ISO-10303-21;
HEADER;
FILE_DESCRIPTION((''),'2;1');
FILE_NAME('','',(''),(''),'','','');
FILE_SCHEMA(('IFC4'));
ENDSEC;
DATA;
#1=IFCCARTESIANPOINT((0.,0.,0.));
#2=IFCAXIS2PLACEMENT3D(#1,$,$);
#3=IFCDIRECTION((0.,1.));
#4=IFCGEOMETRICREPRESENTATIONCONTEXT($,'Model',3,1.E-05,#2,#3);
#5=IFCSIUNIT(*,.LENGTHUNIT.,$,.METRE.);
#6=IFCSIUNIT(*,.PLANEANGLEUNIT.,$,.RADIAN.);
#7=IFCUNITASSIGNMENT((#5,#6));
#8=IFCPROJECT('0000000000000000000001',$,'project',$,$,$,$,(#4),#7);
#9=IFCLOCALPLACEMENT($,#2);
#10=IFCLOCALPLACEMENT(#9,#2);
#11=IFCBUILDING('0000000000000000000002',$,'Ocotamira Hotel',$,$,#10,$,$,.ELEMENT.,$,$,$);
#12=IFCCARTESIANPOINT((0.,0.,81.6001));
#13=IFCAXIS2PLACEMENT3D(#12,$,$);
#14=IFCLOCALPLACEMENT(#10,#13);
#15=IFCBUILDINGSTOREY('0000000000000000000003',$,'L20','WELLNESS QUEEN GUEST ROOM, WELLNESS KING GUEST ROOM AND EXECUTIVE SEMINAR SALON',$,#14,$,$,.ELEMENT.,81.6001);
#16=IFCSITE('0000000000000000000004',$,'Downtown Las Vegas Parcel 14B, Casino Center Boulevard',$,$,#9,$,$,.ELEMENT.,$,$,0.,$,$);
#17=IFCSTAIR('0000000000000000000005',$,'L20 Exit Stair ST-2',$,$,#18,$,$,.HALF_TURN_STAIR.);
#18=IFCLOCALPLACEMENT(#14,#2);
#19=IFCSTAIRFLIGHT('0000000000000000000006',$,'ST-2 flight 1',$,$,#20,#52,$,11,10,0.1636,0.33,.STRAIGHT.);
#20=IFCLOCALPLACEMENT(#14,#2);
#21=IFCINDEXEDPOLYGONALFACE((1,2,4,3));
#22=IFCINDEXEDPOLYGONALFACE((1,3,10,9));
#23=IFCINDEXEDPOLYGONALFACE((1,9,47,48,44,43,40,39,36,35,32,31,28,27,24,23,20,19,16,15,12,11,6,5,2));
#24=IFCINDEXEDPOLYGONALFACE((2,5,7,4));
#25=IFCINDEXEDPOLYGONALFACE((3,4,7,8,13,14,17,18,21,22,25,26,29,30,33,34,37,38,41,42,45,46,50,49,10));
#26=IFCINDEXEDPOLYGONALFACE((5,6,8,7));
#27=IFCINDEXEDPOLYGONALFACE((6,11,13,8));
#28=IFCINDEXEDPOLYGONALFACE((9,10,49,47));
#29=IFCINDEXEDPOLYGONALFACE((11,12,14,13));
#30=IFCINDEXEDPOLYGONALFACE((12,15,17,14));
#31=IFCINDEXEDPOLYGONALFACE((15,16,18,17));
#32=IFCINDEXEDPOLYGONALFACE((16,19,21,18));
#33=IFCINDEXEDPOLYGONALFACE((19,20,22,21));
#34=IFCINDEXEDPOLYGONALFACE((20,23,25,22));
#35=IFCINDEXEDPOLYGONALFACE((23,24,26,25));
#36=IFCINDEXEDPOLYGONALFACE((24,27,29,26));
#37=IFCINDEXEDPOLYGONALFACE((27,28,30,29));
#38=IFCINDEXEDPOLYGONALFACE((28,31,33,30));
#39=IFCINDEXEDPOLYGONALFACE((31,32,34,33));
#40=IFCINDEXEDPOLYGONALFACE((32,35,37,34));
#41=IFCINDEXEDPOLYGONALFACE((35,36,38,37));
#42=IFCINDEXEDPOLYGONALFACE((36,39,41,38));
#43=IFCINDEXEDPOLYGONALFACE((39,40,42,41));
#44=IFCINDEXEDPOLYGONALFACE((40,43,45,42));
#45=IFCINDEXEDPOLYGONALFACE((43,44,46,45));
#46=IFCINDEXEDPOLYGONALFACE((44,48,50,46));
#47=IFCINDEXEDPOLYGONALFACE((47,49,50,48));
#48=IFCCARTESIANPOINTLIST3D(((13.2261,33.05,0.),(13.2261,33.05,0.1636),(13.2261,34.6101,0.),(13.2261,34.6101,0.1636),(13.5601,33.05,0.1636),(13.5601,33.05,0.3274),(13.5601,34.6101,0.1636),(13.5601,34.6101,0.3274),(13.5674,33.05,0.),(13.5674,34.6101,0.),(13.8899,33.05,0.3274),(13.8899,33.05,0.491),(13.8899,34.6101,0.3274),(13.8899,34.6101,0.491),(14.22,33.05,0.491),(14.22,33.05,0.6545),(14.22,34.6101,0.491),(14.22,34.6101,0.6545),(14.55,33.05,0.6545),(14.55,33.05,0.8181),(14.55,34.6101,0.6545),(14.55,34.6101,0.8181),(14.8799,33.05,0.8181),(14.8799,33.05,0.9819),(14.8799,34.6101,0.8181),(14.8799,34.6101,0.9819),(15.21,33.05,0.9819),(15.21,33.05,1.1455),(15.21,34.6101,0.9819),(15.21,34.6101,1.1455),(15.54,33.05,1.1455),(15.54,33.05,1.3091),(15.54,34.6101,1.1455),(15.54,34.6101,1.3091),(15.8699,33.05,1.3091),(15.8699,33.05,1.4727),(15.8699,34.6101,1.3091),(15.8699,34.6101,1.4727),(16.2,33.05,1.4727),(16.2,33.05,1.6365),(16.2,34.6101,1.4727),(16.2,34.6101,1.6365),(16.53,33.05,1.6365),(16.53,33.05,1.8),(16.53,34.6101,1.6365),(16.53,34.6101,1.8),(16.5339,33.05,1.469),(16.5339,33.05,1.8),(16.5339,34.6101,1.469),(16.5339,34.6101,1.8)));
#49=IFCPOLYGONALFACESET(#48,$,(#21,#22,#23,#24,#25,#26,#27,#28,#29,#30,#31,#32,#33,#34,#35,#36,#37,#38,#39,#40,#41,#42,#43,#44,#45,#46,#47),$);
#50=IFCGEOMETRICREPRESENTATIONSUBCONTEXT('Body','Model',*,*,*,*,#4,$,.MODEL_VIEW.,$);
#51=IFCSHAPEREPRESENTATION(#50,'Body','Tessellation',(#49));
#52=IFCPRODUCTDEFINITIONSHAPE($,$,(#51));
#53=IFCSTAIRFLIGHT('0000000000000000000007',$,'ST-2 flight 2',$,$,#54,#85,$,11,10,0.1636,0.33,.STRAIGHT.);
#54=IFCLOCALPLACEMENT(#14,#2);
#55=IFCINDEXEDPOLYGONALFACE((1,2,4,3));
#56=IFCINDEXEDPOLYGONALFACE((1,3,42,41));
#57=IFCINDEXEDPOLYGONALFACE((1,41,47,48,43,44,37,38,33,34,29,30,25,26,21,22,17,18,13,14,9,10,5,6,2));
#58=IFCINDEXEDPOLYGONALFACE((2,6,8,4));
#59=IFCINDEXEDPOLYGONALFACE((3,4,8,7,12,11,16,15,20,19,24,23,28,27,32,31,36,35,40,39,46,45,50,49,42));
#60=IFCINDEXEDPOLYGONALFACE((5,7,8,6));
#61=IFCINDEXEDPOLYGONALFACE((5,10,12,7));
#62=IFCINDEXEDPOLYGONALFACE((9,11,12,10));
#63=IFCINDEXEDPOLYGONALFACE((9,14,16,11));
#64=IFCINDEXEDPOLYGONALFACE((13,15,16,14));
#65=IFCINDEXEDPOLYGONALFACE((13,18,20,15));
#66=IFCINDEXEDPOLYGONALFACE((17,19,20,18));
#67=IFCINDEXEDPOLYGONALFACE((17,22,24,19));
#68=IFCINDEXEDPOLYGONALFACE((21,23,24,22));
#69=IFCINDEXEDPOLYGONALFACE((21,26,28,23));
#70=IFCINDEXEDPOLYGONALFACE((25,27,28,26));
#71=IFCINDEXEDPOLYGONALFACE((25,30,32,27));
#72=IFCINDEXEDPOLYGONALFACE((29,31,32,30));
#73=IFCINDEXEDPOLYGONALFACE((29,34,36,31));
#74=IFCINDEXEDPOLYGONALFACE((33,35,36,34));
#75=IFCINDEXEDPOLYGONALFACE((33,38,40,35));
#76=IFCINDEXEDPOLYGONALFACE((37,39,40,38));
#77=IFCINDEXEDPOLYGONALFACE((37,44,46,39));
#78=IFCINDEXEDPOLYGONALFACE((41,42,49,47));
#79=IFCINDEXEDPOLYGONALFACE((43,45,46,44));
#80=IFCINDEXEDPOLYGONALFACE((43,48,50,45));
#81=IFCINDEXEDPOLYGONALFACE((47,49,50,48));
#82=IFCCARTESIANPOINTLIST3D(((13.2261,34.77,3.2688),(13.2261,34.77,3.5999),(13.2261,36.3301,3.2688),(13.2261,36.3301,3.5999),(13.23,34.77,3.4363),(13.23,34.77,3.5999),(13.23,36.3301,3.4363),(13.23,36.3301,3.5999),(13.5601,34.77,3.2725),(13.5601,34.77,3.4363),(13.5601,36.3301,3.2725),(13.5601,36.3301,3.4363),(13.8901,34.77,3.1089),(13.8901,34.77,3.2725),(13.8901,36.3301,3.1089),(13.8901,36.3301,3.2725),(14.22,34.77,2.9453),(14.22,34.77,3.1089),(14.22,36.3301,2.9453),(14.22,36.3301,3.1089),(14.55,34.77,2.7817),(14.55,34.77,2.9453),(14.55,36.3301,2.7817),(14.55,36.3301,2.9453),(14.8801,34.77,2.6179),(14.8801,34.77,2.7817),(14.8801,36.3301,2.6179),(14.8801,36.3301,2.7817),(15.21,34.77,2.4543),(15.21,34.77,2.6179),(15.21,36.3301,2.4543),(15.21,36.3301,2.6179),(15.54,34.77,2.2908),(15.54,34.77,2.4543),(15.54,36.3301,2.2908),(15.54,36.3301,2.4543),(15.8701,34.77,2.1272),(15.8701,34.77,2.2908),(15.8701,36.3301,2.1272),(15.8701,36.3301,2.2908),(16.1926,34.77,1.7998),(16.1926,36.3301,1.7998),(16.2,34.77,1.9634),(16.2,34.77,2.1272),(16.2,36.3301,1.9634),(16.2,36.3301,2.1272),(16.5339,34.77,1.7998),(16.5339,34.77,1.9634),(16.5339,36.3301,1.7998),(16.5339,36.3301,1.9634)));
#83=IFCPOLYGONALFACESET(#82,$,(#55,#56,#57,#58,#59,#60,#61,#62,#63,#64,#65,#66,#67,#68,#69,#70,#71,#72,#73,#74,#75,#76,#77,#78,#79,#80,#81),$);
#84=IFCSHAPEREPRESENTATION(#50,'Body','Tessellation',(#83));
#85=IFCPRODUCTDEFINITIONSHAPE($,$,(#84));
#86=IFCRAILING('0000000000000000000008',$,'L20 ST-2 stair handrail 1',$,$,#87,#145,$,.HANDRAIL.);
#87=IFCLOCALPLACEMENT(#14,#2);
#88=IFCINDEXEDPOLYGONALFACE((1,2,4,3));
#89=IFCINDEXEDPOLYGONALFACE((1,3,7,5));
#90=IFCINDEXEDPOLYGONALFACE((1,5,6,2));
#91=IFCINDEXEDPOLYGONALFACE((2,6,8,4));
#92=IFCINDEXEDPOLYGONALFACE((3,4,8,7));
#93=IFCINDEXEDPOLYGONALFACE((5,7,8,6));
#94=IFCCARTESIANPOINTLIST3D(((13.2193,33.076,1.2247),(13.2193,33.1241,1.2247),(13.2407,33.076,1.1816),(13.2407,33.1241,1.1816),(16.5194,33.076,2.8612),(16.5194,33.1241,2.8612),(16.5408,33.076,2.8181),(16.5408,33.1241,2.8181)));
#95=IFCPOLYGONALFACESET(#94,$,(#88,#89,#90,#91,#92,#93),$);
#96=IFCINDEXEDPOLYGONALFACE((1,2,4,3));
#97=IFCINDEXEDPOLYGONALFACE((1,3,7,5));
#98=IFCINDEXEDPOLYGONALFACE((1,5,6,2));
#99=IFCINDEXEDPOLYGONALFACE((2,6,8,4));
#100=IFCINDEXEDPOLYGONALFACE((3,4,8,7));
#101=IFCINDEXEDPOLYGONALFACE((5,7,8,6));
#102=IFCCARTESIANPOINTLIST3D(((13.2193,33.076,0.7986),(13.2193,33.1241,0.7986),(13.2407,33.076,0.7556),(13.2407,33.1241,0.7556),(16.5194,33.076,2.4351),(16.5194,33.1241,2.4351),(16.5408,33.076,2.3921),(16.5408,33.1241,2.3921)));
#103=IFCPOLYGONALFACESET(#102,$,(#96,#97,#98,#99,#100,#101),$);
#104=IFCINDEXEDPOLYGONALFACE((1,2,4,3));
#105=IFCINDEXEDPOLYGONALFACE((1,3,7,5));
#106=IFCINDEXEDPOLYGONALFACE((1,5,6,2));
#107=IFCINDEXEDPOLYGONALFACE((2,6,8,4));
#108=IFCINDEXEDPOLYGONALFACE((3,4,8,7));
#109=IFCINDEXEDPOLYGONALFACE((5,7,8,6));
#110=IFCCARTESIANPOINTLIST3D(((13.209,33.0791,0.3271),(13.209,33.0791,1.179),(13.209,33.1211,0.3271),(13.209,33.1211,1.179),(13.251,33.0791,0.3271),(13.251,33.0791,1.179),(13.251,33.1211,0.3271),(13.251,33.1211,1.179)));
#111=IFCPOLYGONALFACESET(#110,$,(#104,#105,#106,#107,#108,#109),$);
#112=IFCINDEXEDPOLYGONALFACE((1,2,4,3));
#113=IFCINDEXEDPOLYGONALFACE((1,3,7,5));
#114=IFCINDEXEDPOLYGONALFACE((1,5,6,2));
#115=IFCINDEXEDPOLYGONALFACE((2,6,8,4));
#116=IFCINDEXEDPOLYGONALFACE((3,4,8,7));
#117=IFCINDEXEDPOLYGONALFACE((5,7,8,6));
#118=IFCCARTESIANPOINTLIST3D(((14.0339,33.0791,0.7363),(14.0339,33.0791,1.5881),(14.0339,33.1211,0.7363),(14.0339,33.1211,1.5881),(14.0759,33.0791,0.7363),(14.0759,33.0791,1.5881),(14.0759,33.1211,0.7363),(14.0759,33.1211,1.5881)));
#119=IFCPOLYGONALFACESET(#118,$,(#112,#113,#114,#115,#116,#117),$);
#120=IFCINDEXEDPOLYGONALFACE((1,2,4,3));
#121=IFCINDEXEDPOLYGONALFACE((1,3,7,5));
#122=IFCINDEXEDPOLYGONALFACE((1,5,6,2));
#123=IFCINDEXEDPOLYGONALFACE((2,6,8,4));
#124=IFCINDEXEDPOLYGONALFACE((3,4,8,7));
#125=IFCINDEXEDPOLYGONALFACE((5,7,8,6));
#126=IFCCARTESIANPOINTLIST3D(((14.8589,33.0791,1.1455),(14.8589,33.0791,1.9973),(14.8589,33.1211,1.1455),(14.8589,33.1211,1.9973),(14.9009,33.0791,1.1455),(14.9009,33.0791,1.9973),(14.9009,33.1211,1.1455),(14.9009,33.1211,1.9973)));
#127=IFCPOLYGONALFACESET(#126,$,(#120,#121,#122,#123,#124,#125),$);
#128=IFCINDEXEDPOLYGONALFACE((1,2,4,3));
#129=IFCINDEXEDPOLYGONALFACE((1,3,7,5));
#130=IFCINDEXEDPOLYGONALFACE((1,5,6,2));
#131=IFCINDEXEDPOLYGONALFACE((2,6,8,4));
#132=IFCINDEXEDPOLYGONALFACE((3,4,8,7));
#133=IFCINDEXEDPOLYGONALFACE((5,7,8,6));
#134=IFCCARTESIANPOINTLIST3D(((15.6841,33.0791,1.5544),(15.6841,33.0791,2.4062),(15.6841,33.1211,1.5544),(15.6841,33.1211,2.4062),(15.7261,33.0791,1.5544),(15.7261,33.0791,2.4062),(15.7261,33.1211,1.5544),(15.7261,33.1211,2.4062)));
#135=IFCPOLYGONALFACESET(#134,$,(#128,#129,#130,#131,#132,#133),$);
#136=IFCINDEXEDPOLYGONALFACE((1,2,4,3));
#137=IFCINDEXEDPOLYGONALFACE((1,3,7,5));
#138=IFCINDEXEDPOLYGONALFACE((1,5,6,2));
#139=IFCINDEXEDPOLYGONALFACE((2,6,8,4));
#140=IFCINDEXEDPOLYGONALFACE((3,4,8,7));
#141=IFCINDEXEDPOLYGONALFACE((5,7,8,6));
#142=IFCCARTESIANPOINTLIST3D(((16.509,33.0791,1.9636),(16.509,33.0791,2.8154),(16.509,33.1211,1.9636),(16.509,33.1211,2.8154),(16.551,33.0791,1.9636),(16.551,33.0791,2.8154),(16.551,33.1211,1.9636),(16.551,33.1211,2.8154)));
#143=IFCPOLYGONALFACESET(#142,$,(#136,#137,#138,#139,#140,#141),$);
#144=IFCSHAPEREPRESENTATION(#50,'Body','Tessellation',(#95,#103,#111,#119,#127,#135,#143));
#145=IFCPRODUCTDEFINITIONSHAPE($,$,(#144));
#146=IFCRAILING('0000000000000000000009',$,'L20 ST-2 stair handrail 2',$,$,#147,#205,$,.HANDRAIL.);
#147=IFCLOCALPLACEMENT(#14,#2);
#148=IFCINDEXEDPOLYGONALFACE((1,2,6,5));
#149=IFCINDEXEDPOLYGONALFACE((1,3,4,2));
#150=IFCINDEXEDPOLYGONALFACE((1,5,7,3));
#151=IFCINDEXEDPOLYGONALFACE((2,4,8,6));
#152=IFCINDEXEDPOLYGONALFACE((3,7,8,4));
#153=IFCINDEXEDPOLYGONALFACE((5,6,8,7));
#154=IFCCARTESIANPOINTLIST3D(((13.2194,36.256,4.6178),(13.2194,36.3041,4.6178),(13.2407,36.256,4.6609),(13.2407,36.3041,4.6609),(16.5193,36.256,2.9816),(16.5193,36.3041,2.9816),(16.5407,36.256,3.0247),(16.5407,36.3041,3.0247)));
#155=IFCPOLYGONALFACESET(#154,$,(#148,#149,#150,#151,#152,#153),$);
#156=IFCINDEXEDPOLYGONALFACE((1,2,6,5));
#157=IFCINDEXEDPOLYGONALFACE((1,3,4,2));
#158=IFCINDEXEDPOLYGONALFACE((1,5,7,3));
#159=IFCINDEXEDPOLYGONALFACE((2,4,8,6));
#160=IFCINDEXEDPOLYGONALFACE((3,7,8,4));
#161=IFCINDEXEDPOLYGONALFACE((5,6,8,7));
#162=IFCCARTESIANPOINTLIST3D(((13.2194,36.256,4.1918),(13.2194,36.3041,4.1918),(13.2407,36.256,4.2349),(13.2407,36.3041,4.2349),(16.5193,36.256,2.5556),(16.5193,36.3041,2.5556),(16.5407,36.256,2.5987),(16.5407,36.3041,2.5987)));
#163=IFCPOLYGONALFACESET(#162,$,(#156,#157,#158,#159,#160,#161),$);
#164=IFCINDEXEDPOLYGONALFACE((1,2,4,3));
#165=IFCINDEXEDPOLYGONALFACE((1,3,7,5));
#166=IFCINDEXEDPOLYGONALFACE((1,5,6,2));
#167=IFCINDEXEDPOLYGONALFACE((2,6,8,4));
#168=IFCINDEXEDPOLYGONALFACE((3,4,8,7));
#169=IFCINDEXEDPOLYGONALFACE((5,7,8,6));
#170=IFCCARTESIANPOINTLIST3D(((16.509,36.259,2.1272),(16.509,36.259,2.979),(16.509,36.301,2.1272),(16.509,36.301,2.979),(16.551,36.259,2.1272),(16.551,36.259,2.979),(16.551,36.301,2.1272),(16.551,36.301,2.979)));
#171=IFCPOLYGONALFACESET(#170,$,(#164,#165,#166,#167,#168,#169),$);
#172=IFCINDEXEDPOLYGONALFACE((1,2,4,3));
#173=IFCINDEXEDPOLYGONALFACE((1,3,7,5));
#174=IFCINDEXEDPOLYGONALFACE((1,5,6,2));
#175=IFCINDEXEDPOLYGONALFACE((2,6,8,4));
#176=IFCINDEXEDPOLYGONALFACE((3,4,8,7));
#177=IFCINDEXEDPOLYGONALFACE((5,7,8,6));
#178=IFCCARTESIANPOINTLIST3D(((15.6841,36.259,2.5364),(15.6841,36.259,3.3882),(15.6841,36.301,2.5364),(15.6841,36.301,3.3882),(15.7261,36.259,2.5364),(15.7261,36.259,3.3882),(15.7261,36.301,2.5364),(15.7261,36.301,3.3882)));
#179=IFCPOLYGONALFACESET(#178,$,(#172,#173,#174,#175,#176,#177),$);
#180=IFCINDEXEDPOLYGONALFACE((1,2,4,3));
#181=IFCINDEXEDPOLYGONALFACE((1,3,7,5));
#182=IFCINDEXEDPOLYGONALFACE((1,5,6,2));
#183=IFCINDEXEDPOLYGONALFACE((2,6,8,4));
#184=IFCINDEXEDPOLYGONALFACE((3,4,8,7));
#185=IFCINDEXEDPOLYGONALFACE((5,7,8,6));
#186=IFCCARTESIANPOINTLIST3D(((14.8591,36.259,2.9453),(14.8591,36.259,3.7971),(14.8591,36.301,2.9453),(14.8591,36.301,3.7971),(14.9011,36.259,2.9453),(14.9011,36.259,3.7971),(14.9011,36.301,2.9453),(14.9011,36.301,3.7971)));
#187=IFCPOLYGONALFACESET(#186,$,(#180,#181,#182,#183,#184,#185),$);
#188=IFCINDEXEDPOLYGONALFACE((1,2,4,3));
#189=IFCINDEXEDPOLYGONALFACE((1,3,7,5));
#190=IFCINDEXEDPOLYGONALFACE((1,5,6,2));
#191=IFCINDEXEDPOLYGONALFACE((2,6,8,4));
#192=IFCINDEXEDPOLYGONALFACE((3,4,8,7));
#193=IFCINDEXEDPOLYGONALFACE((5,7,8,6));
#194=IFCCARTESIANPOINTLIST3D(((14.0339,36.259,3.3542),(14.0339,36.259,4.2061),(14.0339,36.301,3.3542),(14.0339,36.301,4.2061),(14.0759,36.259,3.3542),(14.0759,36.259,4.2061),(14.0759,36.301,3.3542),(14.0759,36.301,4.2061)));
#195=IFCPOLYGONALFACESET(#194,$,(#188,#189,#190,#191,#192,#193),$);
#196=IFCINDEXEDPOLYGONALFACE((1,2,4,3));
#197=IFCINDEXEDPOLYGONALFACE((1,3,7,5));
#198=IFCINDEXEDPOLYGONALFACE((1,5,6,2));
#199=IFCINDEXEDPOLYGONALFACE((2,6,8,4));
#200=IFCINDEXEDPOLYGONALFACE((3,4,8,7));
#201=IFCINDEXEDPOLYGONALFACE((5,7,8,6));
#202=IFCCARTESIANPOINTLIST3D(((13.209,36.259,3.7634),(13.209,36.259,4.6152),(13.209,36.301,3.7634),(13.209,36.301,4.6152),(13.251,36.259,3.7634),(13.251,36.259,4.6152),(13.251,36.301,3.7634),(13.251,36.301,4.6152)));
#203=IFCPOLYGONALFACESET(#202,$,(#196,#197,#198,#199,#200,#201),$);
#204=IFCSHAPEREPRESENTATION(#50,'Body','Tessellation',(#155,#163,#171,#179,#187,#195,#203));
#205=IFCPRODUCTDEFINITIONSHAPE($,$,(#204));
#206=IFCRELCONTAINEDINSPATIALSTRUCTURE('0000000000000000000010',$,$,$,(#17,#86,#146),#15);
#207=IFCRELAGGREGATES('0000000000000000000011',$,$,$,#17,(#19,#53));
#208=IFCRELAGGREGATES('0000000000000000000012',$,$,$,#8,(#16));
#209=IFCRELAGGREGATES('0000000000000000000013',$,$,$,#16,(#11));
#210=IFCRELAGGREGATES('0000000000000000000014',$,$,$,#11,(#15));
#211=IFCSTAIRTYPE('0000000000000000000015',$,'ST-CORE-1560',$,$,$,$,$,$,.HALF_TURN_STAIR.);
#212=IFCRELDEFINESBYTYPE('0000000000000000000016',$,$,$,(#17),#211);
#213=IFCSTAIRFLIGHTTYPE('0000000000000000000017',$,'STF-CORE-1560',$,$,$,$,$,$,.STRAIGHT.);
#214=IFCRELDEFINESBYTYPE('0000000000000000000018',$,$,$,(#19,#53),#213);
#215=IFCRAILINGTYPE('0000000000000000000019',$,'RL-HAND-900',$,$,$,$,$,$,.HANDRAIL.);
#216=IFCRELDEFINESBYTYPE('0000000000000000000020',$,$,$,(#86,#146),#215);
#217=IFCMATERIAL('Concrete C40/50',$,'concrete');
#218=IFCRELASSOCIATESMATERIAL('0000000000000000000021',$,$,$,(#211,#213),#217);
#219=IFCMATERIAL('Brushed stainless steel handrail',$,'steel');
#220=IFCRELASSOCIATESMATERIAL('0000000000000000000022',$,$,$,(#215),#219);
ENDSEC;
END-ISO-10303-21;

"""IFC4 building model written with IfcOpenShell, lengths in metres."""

from ifc_helpers import new_model, si_unit, direction, frame, origin, origin_2d, place, context, subcontext, project, spatial, polyline, rectangle, outline, extrude, source, transform, mapped, material, type_object, element, aggregate, save


model = new_model("IFC4")

# Units and contexts
model_context = context("Model", 3, precision=1e-05, world=origin(), true_north=direction((0.0, 1.0)))
body_context = subcontext(model_context, "Body", "Model", "MODEL_VIEW")
ifc_project = project(units=[si_unit("LENGTHUNIT", "METRE"), si_unit("PLANEANGLEUNIT", "RADIAN")], contexts=[model_context])

# Site, building, storey
site_placement = place(None, origin())
site = spatial("IfcSite", under=ifc_project, at=site_placement, Name="Downtown Las Vegas Parcel 14B, Casino Center Boulevard", CompositionType="ELEMENT", RefElevation=0.0)
building_placement = place(site_placement, origin())
building = spatial("IfcBuilding", under=site, at=building_placement, Name="Ocotamira Hotel", CompositionType="ELEMENT")
storey_placement = place(building_placement, frame((0.0, 0.0, 81.6001)))
storey = spatial("IfcBuildingStorey", under=building, at=storey_placement, Name="L20", Description="WELLNESS QUEEN GUEST ROOM, WELLNESS KING GUEST ROOM AND EXECUTIVE SEMINAR SALON", CompositionType="ELEMENT", Elevation=81.6001)

# Stair, stair flights
ifc_material_1 = material(Name="Concrete C40/50", Category="concrete")
stair_type = type_object("IfcStairType", Name="ST-CORE-1560", PredefinedType="HALF_TURN_STAIR", material=ifc_material_1)
stair_placement = place(storey_placement, origin())
stair = element("IfcStair", 1, at=stair_placement, inside=storey, type_object=stair_type, Name="L20 Exit Stair ST-2", PredefinedType="HALF_TURN_STAIR")
stair_flight_type = type_object("IfcStairFlightType", Name="STF-CORE-1560", PredefinedType="STRAIGHT", material=ifc_material_1)
shared_shape_1 = source(origin(), body_context, "Body", "SweptSolid", [
    extrude(outline(polyline([(-0.0039, 0.0), (-0.0039, 0.1636), (0.3301, 0.1636), (0.3301, 0.3274), (0.6599, 0.3274), (0.6599, 0.491), (0.99, 0.491), (0.99, 0.6545), (1.3201, 0.6545), (1.3201, 0.8181), (1.6499, 0.8181), (1.6499, 0.9819), (1.98, 0.9819), (1.98, 1.1455), (2.3101, 1.1455), (2.3101, 1.3091), (2.6399, 1.3091), (2.6399, 1.4727), (2.97, 1.4727), (2.97, 1.6365), (3.3, 1.6365), (3.3, 1.8), (3.304, 1.8), (3.304, 1.469), (0.3374, 0.0), (-0.0039, 0.0)])), frame((0.0, 0.78, 0.0), z_axis=(0.0, -1.0, 0.0), x_axis=(1.0, 0.0, 0.0)), (0.0, 0.0, 1.0), 1.5601),
])
stair_flight_1_placement = place(storey_placement, frame((13.23, 33.8301, 0.0), z_axis=(0.0, 0.0, 1.0), x_axis=(1.0, 0.0, 0.0)))
stair_flight_1 = element("IfcStairFlight", 2, at=stair_flight_1_placement, type_object=stair_flight_type, Name="ST-2 flight 1", NumberOfRisers=11, NumberOfTreads=10, PredefinedType="STRAIGHT", RiserHeight=0.1636, TreadLength=0.33, context=body_context, shape_type="MappedRepresentation", body=[
    mapped(shared_shape_1, transform((0.0, 0.0, 0.0), scale=1.0)),
])
stair_flight_2_placement = place(storey_placement, frame((16.53, 35.55, 1.7998), z_axis=(0.0, 0.0, 1.0), x_axis=(-1.0, 0.0, 0.0)))
stair_flight_2 = element("IfcStairFlight", 3, at=stair_flight_2_placement, type_object=stair_flight_type, Name="ST-2 flight 2", NumberOfRisers=11, NumberOfTreads=10, PredefinedType="STRAIGHT", RiserHeight=0.1636, TreadLength=0.33, context=body_context, shape_type="MappedRepresentation", body=[
    mapped(shared_shape_1, transform((0.0, 0.0, 0.0), scale=1.0)),
])
aggregate(stair, [stair_flight_1, stair_flight_2])

# Railings
ifc_material_2 = material(Name="Brushed stainless steel handrail", Category="steel")
railing_type_1 = type_object("IfcRailingType", Name="RL-HAND-900", PredefinedType="HANDRAIL", material=ifc_material_2)
railing_1_placement = place(storey_placement, frame((13.23, 33.1001, 0.3271)))
element("IfcRailing", 4, at=railing_1_placement, inside=storey, type_object=railing_type_1, Name="L20 ST-2 stair handrail 1", PredefinedType="HANDRAIL", context=body_context, shape_type="SweptSolid", body=[
    extrude(rectangle(XDim=0.0481, YDim=0.0481, at=origin_2d()), frame((0.0, 0.0, 0.876), z_axis=(0.895894, 0.0, 0.444268), x_axis=(0.0, 1.0, 0.0)), (0.0, 0.0, 1.0), 3.6836),
    extrude(rectangle(XDim=0.0481, YDim=0.0481, at=origin_2d()), frame((0.0, 0.0, 0.45), z_axis=(0.895894, 0.0, 0.444268), x_axis=(0.0, 1.0, 0.0)), (0.0, 0.0, 1.0), 3.6836),
    extrude(rectangle(XDim=0.042, YDim=0.042, at=origin_2d()), origin(), (0.0, 0.0, 1.0), 0.8518),
    extrude(rectangle(XDim=0.042, YDim=0.042, at=origin_2d()), frame((0.825, 0.0, 0.4092)), (0.0, 0.0, 1.0), 0.8518),
    extrude(rectangle(XDim=0.042, YDim=0.042, at=origin_2d()), frame((1.6499, 0.0, 0.8184)), (0.0, 0.0, 1.0), 0.8518),
    extrude(rectangle(XDim=0.042, YDim=0.042, at=origin_2d()), frame((2.4751, 0.0, 1.2273)), (0.0, 0.0, 1.0), 0.8518),
    extrude(rectangle(XDim=0.042, YDim=0.042, at=origin_2d()), frame((3.3, 0.0, 1.6365)), (0.0, 0.0, 1.0), 0.8518),
])
railing_2_placement = place(storey_placement, frame((16.53, 36.28, 2.1272)))
element("IfcRailing", 5, at=railing_2_placement, inside=storey, type_object=railing_type_1, Name="L20 ST-2 stair handrail 2", PredefinedType="HANDRAIL", context=body_context, shape_type="SweptSolid", body=[
    extrude(rectangle(XDim=0.0481, YDim=0.0481, at=origin_2d()), frame((0.0, 0.0, 0.876), z_axis=(-0.89592, 0.0, 0.444215), x_axis=(0.0, -1.0, 0.0)), (0.0, 0.0, 1.0), 3.6833),
    extrude(rectangle(XDim=0.0481, YDim=0.0481, at=origin_2d()), frame((0.0, 0.0, 0.45), z_axis=(-0.89592, 0.0, 0.444215), x_axis=(0.0, -1.0, 0.0)), (0.0, 0.0, 1.0), 3.6833),
    extrude(rectangle(XDim=0.042, YDim=0.042, at=origin_2d()), origin(), (0.0, 0.0, 1.0), 0.8518),
    extrude(rectangle(XDim=0.042, YDim=0.042, at=origin_2d()), frame((-0.825, 0.0, 0.4092)), (0.0, 0.0, 1.0), 0.8518),
    extrude(rectangle(XDim=0.042, YDim=0.042, at=origin_2d()), frame((-1.6499, 0.0, 0.8181)), (0.0, 0.0, 1.0), 0.8518),
    extrude(rectangle(XDim=0.042, YDim=0.042, at=origin_2d()), frame((-2.4751, 0.0, 1.2271)), (0.0, 0.0, 1.0), 0.8518),
    extrude(rectangle(XDim=0.042, YDim=0.042, at=origin_2d()), frame((-3.3, 0.0, 1.6362)), (0.0, 0.0, 1.0), 0.8518),
])

save(model, "model.ifc")
